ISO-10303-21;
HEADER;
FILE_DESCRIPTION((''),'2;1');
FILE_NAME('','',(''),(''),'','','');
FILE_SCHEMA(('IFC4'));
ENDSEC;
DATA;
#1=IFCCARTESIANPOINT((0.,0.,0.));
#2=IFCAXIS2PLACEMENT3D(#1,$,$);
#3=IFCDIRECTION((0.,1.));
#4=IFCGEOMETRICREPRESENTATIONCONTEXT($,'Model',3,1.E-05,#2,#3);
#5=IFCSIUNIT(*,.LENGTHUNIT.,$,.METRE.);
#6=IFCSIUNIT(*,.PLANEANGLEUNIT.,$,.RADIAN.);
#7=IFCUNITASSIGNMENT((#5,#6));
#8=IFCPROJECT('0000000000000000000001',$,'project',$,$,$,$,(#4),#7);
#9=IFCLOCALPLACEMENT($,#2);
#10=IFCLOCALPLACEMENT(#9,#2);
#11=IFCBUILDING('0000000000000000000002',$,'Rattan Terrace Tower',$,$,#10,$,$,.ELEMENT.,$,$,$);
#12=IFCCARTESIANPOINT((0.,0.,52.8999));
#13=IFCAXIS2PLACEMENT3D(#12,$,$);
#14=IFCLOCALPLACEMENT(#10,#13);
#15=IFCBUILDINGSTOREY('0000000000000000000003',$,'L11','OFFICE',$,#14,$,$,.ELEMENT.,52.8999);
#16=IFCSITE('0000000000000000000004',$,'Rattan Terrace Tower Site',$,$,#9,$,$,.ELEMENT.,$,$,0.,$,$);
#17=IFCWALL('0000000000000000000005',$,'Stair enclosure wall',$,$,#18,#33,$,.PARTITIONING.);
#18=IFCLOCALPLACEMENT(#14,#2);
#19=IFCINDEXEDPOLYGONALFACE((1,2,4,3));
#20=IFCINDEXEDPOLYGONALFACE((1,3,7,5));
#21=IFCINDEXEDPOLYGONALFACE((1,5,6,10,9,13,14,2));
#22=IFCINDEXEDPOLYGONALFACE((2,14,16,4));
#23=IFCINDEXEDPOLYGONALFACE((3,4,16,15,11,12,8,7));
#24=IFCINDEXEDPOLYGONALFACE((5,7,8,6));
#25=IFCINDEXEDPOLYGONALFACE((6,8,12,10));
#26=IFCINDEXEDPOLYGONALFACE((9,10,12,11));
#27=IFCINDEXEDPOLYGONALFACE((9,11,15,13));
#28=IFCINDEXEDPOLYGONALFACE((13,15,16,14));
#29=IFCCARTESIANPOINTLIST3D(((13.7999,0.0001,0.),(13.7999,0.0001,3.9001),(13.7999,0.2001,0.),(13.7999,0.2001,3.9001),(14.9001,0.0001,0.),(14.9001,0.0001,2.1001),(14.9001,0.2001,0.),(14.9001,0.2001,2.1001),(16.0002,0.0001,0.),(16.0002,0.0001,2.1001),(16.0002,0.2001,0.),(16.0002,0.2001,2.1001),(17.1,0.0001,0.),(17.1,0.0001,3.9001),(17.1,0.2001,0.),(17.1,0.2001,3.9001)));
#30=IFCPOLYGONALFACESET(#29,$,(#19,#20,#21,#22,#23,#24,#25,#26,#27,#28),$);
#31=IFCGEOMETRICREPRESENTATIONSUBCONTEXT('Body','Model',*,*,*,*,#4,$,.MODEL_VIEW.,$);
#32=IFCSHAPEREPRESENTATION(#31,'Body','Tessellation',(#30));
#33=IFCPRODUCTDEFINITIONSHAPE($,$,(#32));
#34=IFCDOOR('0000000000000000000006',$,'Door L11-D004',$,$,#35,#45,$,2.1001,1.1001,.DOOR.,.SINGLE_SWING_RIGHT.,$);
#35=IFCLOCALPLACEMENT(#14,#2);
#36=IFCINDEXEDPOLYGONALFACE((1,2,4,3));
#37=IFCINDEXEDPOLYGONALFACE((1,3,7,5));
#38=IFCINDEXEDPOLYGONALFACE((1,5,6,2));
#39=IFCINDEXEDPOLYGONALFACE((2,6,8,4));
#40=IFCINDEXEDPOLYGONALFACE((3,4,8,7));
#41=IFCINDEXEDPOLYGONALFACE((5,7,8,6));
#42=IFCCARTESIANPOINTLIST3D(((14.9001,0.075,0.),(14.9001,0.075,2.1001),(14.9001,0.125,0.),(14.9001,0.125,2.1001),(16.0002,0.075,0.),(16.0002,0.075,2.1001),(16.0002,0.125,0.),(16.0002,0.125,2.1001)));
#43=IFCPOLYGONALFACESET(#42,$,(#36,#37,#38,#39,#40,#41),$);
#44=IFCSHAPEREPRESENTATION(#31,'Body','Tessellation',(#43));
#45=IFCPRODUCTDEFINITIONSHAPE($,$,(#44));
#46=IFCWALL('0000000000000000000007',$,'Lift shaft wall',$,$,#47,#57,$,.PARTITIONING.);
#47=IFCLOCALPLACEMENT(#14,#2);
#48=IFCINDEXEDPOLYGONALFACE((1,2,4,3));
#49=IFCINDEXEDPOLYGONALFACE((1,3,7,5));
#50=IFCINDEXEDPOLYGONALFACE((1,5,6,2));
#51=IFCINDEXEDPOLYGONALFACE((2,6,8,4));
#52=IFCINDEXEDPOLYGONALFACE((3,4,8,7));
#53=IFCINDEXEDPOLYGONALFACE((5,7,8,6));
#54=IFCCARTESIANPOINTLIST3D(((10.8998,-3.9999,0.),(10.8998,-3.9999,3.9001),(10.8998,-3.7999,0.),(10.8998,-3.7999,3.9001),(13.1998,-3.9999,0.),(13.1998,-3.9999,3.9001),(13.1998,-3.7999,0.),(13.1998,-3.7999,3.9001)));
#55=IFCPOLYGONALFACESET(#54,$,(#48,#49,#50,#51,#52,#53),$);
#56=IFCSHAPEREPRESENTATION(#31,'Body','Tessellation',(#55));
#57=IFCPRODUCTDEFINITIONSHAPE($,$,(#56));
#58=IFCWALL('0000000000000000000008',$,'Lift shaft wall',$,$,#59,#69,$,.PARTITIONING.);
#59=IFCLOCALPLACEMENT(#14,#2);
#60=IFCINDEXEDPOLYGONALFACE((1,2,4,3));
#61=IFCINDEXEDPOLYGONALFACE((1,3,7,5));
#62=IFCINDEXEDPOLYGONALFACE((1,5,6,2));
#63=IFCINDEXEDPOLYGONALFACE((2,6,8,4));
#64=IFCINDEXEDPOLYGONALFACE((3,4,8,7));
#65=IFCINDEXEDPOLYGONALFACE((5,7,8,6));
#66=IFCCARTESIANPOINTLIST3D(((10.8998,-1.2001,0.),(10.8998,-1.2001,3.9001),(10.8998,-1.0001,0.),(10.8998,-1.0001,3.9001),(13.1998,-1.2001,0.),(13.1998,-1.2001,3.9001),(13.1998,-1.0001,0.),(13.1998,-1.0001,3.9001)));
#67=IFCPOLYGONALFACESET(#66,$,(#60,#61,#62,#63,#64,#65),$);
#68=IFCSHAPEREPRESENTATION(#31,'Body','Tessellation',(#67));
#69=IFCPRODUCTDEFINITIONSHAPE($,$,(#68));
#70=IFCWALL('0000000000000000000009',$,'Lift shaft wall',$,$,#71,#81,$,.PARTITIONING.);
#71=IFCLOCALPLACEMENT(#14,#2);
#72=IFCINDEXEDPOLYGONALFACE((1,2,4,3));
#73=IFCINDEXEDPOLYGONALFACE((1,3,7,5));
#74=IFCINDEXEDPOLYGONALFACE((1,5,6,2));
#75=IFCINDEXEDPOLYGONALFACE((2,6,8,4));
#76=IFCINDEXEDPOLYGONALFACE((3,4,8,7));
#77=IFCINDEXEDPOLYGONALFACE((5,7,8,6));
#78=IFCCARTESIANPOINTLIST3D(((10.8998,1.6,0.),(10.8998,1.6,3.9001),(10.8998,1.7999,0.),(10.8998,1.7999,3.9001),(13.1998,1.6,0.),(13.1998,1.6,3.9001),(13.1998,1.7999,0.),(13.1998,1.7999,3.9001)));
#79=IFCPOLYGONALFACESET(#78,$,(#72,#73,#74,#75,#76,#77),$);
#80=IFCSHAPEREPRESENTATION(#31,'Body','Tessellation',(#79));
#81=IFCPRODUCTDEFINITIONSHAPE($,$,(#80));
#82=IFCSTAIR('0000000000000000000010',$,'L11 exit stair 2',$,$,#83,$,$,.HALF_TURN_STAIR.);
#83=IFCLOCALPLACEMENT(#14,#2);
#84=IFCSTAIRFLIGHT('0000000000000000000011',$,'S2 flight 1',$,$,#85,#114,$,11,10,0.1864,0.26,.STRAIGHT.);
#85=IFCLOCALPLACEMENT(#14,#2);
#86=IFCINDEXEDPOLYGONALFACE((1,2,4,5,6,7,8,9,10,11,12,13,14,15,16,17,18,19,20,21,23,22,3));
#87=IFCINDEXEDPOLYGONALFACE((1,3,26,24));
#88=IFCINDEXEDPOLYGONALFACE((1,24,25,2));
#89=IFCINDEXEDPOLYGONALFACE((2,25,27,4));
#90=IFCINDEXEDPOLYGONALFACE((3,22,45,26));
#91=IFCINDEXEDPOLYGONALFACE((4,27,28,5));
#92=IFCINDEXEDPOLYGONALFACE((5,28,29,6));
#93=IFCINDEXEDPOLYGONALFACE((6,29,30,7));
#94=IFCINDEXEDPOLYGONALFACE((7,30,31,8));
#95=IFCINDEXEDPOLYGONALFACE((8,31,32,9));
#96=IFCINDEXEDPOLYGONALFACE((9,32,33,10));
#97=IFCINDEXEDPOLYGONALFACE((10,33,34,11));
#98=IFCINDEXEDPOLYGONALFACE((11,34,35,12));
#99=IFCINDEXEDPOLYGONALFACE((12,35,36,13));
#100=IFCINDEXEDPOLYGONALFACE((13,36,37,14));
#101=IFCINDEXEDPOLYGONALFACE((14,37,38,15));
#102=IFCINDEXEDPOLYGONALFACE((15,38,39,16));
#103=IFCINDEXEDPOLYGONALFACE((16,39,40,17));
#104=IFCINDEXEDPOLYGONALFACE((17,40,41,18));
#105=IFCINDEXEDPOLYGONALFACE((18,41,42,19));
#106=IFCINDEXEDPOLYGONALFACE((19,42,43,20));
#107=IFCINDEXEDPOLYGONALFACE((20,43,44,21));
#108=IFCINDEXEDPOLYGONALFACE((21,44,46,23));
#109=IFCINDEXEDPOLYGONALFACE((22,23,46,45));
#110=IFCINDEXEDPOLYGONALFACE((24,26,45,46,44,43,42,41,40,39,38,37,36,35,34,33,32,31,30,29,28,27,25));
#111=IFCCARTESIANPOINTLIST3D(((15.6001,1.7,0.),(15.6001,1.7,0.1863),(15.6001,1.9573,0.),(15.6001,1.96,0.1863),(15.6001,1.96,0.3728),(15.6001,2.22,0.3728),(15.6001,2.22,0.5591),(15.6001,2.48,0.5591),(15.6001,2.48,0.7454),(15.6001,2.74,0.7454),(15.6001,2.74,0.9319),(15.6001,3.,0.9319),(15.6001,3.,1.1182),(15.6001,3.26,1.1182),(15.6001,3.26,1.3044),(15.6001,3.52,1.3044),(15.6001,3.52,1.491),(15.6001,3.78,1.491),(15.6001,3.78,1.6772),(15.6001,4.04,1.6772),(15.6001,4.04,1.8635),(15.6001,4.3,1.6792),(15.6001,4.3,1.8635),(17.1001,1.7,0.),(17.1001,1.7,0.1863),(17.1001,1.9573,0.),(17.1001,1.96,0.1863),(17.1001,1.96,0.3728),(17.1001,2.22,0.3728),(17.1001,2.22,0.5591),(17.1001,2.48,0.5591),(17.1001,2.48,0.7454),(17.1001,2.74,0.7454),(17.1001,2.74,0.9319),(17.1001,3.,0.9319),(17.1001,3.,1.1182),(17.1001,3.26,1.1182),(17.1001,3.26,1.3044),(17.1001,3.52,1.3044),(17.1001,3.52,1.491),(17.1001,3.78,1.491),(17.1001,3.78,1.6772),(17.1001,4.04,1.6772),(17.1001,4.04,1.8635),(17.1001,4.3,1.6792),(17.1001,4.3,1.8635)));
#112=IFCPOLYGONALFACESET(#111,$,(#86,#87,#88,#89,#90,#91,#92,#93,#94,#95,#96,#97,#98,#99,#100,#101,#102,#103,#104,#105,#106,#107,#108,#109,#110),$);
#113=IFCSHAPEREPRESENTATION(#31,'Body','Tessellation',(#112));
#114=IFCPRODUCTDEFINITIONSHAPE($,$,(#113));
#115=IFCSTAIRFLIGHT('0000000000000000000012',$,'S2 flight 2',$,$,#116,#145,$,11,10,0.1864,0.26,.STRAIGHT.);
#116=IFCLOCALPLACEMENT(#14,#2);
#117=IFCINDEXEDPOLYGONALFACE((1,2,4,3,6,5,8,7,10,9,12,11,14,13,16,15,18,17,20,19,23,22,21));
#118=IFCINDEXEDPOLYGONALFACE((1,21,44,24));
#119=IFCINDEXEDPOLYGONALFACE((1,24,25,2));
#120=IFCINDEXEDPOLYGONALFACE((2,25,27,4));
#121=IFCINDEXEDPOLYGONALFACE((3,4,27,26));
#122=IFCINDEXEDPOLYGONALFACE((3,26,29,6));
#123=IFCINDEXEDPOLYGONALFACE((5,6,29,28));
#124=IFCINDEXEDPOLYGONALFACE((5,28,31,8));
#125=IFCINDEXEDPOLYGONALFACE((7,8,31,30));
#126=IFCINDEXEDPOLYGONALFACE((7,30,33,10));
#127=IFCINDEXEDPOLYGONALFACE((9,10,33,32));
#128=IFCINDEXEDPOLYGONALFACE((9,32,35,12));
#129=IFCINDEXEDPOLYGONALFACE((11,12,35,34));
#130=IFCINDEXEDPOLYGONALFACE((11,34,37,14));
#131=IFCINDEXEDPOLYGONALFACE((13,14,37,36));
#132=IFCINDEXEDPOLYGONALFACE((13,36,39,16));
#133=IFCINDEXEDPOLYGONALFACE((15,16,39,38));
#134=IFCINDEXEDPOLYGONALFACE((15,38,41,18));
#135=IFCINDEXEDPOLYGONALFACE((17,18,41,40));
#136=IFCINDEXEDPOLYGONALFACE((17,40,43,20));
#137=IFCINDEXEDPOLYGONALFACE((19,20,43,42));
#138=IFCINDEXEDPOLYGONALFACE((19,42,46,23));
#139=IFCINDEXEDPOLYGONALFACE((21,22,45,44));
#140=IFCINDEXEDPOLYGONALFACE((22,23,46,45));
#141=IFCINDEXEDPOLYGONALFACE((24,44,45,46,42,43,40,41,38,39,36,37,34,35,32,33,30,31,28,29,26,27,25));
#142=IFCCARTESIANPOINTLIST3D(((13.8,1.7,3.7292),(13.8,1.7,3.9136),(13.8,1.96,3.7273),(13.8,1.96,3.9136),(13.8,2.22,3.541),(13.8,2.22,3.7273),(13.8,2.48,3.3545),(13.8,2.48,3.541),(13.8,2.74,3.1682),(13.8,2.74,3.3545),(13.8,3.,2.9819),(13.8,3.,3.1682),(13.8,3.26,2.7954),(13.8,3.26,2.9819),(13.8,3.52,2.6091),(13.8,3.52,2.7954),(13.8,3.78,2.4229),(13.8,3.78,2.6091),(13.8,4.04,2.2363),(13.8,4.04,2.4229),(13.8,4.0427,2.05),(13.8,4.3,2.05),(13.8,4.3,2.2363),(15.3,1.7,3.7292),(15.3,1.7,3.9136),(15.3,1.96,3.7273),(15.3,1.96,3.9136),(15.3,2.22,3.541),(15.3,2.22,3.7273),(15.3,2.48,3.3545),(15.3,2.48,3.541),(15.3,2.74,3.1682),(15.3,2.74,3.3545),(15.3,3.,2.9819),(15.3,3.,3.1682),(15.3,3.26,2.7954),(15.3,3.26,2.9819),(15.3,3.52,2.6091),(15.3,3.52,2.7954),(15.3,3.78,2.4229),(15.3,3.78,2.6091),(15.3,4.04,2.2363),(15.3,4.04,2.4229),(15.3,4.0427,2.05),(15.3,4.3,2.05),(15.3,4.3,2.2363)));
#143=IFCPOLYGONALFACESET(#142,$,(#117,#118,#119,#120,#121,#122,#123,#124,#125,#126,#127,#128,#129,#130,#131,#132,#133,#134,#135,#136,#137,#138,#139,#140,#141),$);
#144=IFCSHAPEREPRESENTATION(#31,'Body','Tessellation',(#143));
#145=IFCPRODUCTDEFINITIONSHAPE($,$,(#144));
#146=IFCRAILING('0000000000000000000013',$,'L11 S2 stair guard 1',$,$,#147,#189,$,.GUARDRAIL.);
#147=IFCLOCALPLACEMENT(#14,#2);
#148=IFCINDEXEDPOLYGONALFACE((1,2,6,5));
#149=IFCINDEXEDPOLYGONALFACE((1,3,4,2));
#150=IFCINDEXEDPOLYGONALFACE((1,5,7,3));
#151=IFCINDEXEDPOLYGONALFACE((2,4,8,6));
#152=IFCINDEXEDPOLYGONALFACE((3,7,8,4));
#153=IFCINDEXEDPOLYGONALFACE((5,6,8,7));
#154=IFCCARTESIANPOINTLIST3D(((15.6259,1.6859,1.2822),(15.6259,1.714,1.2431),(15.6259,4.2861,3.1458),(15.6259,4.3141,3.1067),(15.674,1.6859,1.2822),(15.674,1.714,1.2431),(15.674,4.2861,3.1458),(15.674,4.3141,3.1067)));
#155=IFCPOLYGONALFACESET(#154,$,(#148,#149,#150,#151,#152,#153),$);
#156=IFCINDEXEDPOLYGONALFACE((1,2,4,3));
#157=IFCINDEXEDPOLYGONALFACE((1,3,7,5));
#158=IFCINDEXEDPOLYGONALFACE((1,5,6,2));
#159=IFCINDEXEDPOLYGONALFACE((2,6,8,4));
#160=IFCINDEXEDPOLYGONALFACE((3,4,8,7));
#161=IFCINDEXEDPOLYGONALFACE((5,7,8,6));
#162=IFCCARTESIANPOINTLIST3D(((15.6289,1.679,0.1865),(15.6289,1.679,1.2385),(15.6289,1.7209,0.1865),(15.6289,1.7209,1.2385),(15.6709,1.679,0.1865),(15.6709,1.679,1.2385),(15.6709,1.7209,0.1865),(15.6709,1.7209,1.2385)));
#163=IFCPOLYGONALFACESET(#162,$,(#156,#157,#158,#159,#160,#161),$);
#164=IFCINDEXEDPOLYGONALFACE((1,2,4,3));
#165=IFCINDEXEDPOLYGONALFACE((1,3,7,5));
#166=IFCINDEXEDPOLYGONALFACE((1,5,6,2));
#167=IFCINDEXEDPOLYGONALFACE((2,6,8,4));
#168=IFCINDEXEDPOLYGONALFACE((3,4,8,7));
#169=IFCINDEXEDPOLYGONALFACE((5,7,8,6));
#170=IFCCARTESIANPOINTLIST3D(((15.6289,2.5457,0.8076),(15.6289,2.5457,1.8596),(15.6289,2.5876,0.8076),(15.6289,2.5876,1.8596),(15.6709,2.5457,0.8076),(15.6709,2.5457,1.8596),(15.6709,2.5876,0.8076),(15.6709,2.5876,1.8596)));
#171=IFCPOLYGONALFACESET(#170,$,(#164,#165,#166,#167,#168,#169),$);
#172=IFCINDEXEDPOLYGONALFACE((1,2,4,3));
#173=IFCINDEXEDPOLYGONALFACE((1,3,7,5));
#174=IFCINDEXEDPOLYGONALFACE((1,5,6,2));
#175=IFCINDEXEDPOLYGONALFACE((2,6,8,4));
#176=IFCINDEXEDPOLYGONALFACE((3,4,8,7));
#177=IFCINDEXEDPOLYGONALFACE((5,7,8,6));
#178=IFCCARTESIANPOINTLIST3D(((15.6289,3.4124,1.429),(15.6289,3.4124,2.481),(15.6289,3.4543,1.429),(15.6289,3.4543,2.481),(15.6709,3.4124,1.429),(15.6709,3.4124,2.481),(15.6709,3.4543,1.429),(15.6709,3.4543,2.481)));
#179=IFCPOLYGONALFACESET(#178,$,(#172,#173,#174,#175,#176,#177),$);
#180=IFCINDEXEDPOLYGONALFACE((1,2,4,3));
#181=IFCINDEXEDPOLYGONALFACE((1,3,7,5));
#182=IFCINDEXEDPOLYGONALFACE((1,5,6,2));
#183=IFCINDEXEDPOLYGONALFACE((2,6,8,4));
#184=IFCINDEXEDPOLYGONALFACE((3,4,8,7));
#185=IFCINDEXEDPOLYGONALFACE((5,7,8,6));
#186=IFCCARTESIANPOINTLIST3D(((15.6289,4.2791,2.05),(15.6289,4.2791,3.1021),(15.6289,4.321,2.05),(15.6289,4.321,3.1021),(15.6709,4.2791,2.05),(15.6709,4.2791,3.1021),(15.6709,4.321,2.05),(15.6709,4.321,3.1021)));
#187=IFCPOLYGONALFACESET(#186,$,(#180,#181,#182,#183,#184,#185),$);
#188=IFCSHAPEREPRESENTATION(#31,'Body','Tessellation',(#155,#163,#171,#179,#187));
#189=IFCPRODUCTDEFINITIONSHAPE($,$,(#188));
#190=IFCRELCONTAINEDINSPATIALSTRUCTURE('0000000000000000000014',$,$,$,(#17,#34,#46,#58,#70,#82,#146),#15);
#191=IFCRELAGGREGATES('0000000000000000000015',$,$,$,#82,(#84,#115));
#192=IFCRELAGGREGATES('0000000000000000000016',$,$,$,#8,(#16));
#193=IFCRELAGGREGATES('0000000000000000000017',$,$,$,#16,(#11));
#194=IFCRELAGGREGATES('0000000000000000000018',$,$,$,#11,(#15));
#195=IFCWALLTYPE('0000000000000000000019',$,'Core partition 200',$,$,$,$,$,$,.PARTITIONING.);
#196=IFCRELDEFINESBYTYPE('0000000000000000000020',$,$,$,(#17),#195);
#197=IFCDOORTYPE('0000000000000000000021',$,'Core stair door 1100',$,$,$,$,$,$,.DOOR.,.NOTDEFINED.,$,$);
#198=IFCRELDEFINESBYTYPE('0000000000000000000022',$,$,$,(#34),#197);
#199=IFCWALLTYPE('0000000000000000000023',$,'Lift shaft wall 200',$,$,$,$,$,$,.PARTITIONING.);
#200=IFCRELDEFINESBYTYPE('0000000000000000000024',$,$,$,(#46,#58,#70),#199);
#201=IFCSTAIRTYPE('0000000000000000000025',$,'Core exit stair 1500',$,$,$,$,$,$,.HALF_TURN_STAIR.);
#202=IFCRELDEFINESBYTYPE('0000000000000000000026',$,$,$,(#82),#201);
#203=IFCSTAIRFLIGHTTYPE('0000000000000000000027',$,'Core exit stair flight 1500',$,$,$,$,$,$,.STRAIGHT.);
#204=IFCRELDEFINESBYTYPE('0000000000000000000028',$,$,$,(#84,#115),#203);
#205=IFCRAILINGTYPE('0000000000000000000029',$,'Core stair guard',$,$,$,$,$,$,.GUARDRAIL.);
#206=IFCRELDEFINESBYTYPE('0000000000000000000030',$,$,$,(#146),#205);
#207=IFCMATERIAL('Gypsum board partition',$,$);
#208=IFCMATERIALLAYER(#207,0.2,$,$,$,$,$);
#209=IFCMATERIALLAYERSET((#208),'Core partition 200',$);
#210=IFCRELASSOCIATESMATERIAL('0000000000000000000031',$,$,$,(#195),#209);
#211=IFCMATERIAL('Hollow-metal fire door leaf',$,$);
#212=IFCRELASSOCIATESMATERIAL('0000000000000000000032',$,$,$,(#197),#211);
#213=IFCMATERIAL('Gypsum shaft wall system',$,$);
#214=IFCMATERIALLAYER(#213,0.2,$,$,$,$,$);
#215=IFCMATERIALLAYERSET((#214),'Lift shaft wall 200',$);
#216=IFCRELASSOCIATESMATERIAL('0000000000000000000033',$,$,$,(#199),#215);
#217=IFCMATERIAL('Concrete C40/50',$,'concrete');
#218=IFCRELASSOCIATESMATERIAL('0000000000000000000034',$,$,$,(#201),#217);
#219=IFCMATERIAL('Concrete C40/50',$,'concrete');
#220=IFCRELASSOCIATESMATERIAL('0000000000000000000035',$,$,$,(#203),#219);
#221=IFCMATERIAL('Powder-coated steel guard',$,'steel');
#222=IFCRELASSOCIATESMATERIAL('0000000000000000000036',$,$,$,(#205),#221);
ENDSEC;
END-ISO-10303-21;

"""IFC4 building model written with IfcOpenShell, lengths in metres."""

from ifc_helpers import new_model, si_unit, direction, frame, frame_2d, origin, origin_2d, place, context, subcontext, project, spatial, polyline, rectangle, outline, extrude, material, layer, layer_set, type_object, element, fill, aggregate, save


model = new_model("IFC4")

# Units and contexts
model_context = context("Model", 3, precision=1e-05, world=origin(), true_north=direction((0.0, 1.0)))
body_context = subcontext(model_context, "Body", "Model", "MODEL_VIEW")
ifc_project = project(units=[si_unit("LENGTHUNIT", "METRE"), si_unit("PLANEANGLEUNIT", "RADIAN")], contexts=[model_context])

# Site, building, storey
site_placement = place(None, origin())
site = spatial("IfcSite", under=ifc_project, at=site_placement, Name="Rattan Terrace Tower Site", CompositionType="ELEMENT", RefElevation=0.0)
building_placement = place(site_placement, origin())
building = spatial("IfcBuilding", under=site, at=building_placement, Name="Rattan Terrace Tower", CompositionType="ELEMENT")
storey_placement = place(building_placement, frame((0.0, 0.0, 52.8999)))
storey = spatial("IfcBuildingStorey", under=building, at=storey_placement, Name="L11", Description="OFFICE", CompositionType="ELEMENT", Elevation=52.8999)

# Wall, opening, door
ifc_material_1 = material(Name="Gypsum board partition")
ifc_layer_1 = layer(ifc_material_1, 0.2)
ifc_layer_set_1 = layer_set([ifc_layer_1], Name="Core partition 200")
wall_type_1 = type_object("IfcWallType", Name="Core partition 200", PredefinedType="PARTITIONING", material=ifc_layer_set_1)
wall_1_placement = place(storey_placement, frame((13.8, 0.1001, 0.0), z_axis=(0.0, 0.0, 1.0), x_axis=(1.0, 0.0, 0.0)))
wall_1 = element("IfcWall", 1, at=wall_1_placement, inside=storey, type_object=wall_type_1, Name="Stair enclosure wall", PredefinedType="PARTITIONING", context=body_context, shape_type="SweptSolid", body=[
    extrude(rectangle(XDim=3.3, YDim=0.2, at=frame_2d((1.6499, 0.0))), origin(), (0.0, 0.0, 1.0), 3.9001),
])
opening_1_placement = place(wall_1_placement, frame((1.1001, 0.0, 0.0)))
opening_1 = element("IfcOpeningElement", 2, at=opening_1_placement, cuts=wall_1, PredefinedType="OPENING", context=body_context, shape_type="SweptSolid", body=[
    extrude(rectangle(XDim=1.1001, YDim=2.1001, at=frame_2d((0.55, 1.05))), frame((0.0, 0.1106, 0.0), z_axis=(0.0, -1.0, 0.0), x_axis=(1.0, 0.0, 0.0)), (0.0, 0.0, 1.0), 0.2209),
])
ifc_material_2 = material(Name="Hollow-metal fire door leaf")
door_type_1 = type_object("IfcDoorType", Name="Core stair door 1100", OperationType="NOTDEFINED", PredefinedType="DOOR", material=ifc_material_2)
door_1_placement = place(opening_1_placement, origin())
door_1 = element("IfcDoor", 3, at=door_1_placement, inside=storey, type_object=door_type_1, Name="Door L11-D004", OperationType="SINGLE_SWING_RIGHT", OverallHeight=2.1001, OverallWidth=1.1001, PredefinedType="DOOR", context=body_context, shape_type="SweptSolid", body=[
    extrude(rectangle(XDim=1.1001, YDim=2.1001, at=frame_2d((0.55, 1.05))), frame((0.0, 0.0249, 0.0), z_axis=(0.0, -1.0, 0.0), x_axis=(1.0, 0.0, 0.0)), (0.0, 0.0, 1.0), 0.05),
])
fill(opening_1, door_1)

# Walls
ifc_material_3 = material(Name="Gypsum shaft wall system")
ifc_layer_2 = layer(ifc_material_3, 0.2)
ifc_layer_set_2 = layer_set([ifc_layer_2], Name="Lift shaft wall 200")
wall_type_2 = type_object("IfcWallType", Name="Lift shaft wall 200", PredefinedType="PARTITIONING", material=ifc_layer_set_2)
for number, where, z_axis, x_axis, name in (
    (4, (10.8999, -3.8999, 0.0), (0.0, 0.0, 1.0), (1.0, 0.0, 0.0), "Lift shaft wall"),
    (5, (10.8999, -1.1001, 0.0), (0.0, 0.0, 1.0), (1.0, 0.0, 0.0), "Lift shaft wall"),
    (6, (10.8999, 1.7, 0.0), (0.0, 0.0, 1.0), (1.0, 0.0, 0.0), "Lift shaft wall"),
):
    element("IfcWall", number, at=place(storey_placement, frame(where, z_axis=z_axis, x_axis=x_axis)), inside=storey, type_object=wall_type_2, Name=name, PredefinedType="PARTITIONING", context=body_context, shape_type="SweptSolid", body=[
        extrude(rectangle(XDim=2.3, YDim=0.2, at=frame_2d((1.1499, 0.0))), origin(), (0.0, 0.0, 1.0), 3.9001),
    ])

# Stair, stair flights
ifc_material_4 = material(Name="Concrete C40/50", Category="concrete")
stair_type = type_object("IfcStairType", Name="Core exit stair 1500", PredefinedType="HALF_TURN_STAIR", material=ifc_material_4)
stair_placement = place(storey_placement, origin())
stair = element("IfcStair", 7, at=stair_placement, inside=storey, type_object=stair_type, Name="L11 exit stair 2", PredefinedType="HALF_TURN_STAIR")
ifc_material_5 = material(Name="Concrete C40/50", Category="concrete")
stair_flight_type = type_object("IfcStairFlightType", Name="Core exit stair flight 1500", PredefinedType="STRAIGHT", material=ifc_material_5)
stair_flight_1_placement = place(storey_placement, frame((16.3501, 1.7, 0.0), z_axis=(0.0, 0.0, 1.0), x_axis=(0.0, 1.0, 0.0)))
stair_flight_1 = element("IfcStairFlight", 8, at=stair_flight_1_placement, type_object=stair_flight_type, Name="S2 flight 1", NumberOfRisers=11, NumberOfTreads=10, PredefinedType="STRAIGHT", RiserHeight=0.1864, TreadLength=0.26, context=body_context, shape_type="SweptSolid", body=[
    extrude(outline(polyline([(0.0, 0.0), (0.0, 0.1863), (0.26, 0.1863), (0.26, 0.3728), (0.52, 0.3728), (0.52, 0.5591), (0.78, 0.5591), (0.78, 0.7454), (1.04, 0.7454), (1.04, 0.9319), (1.3, 0.9319), (1.3, 1.1182), (1.5601, 1.1182), (1.5601, 1.3044), (1.8201, 1.3044), (1.8201, 1.491), (2.0801, 1.491), (2.0801, 1.6772), (2.3401, 1.6772), (2.3401, 1.8635), (2.6001, 1.8635), (2.6001, 2.05), (2.6001, 1.6792), (0.2573, 0.0), (0.0, 0.0)])), frame((0.0, 0.75, 0.0), z_axis=(0.0, -1.0, 0.0), x_axis=(1.0, 0.0, 0.0)), (0.0, 0.0, 1.0), 1.5),
])
stair_flight_2_placement = place(storey_placement, frame((14.55, 4.3, 2.05), z_axis=(0.0, 0.0, 1.0), x_axis=(0.0, -1.0, 0.0)))
stair_flight_2 = element("IfcStairFlight", 9, at=stair_flight_2_placement, type_object=stair_flight_type, Name="S2 flight 2", NumberOfRisers=11, NumberOfTreads=10, PredefinedType="STRAIGHT", RiserHeight=0.1864, TreadLength=0.26, context=body_context, shape_type="SweptSolid", body=[
    extrude(outline(polyline([(0.0, 0.0), (0.0, 0.1863), (0.26, 0.1863), (0.26, 0.3728), (0.52, 0.3728), (0.52, 0.5591), (0.78, 0.5591), (0.78, 0.7454), (1.04, 0.7454), (1.04, 0.9319), (1.3, 0.9319), (1.3, 1.1182), (1.5601, 1.1182), (1.5601, 1.3044), (1.8201, 1.3044), (1.8201, 1.491), (2.0801, 1.491), (2.0801, 1.6772), (2.3401, 1.6772), (2.3401, 1.8635), (2.6001, 1.8635), (2.6001, 2.05), (2.6001, 1.6792), (0.2573, 0.0), (0.0, 0.0)])), frame((0.0, 0.75, 0.0), z_axis=(0.0, -1.0, 0.0), x_axis=(1.0, 0.0, 0.0)), (0.0, 0.0, 1.0), 1.5),
])
aggregate(stair, [stair_flight_1, stair_flight_2])

# Railing
ifc_material_6 = material(Name="Powder-coated steel guard", Category="steel")
railing_type_1 = type_object("IfcRailingType", Name="Core stair guard", PredefinedType="GUARDRAIL", material=ifc_material_6)
railing_1_placement = place(storey_placement, frame((15.6499, 1.7, 0.1865)))
element("IfcRailing", 10, at=railing_1_placement, inside=storey, type_object=railing_type_1, Name="L11 S2 stair guard 1", PredefinedType="GUARDRAIL", context=body_context, shape_type="SweptSolid", body=[
    extrude(rectangle(XDim=0.0481, YDim=0.0481, at=origin_2d()), frame((0.0, 0.0, 1.0762), z_axis=(0.0, 0.812799, 0.582544), x_axis=(-1.0, 0.0, 0.0)), (0.0, 0.0, 1.0), 3.199),
    extrude(rectangle(XDim=0.042, YDim=0.042, at=origin_2d()), origin(), (0.0, 0.0, 1.0), 1.052),
    extrude(rectangle(XDim=0.042, YDim=0.042, at=origin_2d()), frame((0.0, 0.8667, 0.6211)), (0.0, 0.0, 1.0), 1.052),
    extrude(rectangle(XDim=0.042, YDim=0.042, at=origin_2d()), frame((0.0, 1.7334, 1.2424)), (0.0, 0.0, 1.0), 1.052),
    extrude(rectangle(XDim=0.042, YDim=0.042, at=origin_2d()), frame((0.0, 2.6001, 1.8635)), (0.0, 0.0, 1.0), 1.052),
])

save(model, "model.ifc")
